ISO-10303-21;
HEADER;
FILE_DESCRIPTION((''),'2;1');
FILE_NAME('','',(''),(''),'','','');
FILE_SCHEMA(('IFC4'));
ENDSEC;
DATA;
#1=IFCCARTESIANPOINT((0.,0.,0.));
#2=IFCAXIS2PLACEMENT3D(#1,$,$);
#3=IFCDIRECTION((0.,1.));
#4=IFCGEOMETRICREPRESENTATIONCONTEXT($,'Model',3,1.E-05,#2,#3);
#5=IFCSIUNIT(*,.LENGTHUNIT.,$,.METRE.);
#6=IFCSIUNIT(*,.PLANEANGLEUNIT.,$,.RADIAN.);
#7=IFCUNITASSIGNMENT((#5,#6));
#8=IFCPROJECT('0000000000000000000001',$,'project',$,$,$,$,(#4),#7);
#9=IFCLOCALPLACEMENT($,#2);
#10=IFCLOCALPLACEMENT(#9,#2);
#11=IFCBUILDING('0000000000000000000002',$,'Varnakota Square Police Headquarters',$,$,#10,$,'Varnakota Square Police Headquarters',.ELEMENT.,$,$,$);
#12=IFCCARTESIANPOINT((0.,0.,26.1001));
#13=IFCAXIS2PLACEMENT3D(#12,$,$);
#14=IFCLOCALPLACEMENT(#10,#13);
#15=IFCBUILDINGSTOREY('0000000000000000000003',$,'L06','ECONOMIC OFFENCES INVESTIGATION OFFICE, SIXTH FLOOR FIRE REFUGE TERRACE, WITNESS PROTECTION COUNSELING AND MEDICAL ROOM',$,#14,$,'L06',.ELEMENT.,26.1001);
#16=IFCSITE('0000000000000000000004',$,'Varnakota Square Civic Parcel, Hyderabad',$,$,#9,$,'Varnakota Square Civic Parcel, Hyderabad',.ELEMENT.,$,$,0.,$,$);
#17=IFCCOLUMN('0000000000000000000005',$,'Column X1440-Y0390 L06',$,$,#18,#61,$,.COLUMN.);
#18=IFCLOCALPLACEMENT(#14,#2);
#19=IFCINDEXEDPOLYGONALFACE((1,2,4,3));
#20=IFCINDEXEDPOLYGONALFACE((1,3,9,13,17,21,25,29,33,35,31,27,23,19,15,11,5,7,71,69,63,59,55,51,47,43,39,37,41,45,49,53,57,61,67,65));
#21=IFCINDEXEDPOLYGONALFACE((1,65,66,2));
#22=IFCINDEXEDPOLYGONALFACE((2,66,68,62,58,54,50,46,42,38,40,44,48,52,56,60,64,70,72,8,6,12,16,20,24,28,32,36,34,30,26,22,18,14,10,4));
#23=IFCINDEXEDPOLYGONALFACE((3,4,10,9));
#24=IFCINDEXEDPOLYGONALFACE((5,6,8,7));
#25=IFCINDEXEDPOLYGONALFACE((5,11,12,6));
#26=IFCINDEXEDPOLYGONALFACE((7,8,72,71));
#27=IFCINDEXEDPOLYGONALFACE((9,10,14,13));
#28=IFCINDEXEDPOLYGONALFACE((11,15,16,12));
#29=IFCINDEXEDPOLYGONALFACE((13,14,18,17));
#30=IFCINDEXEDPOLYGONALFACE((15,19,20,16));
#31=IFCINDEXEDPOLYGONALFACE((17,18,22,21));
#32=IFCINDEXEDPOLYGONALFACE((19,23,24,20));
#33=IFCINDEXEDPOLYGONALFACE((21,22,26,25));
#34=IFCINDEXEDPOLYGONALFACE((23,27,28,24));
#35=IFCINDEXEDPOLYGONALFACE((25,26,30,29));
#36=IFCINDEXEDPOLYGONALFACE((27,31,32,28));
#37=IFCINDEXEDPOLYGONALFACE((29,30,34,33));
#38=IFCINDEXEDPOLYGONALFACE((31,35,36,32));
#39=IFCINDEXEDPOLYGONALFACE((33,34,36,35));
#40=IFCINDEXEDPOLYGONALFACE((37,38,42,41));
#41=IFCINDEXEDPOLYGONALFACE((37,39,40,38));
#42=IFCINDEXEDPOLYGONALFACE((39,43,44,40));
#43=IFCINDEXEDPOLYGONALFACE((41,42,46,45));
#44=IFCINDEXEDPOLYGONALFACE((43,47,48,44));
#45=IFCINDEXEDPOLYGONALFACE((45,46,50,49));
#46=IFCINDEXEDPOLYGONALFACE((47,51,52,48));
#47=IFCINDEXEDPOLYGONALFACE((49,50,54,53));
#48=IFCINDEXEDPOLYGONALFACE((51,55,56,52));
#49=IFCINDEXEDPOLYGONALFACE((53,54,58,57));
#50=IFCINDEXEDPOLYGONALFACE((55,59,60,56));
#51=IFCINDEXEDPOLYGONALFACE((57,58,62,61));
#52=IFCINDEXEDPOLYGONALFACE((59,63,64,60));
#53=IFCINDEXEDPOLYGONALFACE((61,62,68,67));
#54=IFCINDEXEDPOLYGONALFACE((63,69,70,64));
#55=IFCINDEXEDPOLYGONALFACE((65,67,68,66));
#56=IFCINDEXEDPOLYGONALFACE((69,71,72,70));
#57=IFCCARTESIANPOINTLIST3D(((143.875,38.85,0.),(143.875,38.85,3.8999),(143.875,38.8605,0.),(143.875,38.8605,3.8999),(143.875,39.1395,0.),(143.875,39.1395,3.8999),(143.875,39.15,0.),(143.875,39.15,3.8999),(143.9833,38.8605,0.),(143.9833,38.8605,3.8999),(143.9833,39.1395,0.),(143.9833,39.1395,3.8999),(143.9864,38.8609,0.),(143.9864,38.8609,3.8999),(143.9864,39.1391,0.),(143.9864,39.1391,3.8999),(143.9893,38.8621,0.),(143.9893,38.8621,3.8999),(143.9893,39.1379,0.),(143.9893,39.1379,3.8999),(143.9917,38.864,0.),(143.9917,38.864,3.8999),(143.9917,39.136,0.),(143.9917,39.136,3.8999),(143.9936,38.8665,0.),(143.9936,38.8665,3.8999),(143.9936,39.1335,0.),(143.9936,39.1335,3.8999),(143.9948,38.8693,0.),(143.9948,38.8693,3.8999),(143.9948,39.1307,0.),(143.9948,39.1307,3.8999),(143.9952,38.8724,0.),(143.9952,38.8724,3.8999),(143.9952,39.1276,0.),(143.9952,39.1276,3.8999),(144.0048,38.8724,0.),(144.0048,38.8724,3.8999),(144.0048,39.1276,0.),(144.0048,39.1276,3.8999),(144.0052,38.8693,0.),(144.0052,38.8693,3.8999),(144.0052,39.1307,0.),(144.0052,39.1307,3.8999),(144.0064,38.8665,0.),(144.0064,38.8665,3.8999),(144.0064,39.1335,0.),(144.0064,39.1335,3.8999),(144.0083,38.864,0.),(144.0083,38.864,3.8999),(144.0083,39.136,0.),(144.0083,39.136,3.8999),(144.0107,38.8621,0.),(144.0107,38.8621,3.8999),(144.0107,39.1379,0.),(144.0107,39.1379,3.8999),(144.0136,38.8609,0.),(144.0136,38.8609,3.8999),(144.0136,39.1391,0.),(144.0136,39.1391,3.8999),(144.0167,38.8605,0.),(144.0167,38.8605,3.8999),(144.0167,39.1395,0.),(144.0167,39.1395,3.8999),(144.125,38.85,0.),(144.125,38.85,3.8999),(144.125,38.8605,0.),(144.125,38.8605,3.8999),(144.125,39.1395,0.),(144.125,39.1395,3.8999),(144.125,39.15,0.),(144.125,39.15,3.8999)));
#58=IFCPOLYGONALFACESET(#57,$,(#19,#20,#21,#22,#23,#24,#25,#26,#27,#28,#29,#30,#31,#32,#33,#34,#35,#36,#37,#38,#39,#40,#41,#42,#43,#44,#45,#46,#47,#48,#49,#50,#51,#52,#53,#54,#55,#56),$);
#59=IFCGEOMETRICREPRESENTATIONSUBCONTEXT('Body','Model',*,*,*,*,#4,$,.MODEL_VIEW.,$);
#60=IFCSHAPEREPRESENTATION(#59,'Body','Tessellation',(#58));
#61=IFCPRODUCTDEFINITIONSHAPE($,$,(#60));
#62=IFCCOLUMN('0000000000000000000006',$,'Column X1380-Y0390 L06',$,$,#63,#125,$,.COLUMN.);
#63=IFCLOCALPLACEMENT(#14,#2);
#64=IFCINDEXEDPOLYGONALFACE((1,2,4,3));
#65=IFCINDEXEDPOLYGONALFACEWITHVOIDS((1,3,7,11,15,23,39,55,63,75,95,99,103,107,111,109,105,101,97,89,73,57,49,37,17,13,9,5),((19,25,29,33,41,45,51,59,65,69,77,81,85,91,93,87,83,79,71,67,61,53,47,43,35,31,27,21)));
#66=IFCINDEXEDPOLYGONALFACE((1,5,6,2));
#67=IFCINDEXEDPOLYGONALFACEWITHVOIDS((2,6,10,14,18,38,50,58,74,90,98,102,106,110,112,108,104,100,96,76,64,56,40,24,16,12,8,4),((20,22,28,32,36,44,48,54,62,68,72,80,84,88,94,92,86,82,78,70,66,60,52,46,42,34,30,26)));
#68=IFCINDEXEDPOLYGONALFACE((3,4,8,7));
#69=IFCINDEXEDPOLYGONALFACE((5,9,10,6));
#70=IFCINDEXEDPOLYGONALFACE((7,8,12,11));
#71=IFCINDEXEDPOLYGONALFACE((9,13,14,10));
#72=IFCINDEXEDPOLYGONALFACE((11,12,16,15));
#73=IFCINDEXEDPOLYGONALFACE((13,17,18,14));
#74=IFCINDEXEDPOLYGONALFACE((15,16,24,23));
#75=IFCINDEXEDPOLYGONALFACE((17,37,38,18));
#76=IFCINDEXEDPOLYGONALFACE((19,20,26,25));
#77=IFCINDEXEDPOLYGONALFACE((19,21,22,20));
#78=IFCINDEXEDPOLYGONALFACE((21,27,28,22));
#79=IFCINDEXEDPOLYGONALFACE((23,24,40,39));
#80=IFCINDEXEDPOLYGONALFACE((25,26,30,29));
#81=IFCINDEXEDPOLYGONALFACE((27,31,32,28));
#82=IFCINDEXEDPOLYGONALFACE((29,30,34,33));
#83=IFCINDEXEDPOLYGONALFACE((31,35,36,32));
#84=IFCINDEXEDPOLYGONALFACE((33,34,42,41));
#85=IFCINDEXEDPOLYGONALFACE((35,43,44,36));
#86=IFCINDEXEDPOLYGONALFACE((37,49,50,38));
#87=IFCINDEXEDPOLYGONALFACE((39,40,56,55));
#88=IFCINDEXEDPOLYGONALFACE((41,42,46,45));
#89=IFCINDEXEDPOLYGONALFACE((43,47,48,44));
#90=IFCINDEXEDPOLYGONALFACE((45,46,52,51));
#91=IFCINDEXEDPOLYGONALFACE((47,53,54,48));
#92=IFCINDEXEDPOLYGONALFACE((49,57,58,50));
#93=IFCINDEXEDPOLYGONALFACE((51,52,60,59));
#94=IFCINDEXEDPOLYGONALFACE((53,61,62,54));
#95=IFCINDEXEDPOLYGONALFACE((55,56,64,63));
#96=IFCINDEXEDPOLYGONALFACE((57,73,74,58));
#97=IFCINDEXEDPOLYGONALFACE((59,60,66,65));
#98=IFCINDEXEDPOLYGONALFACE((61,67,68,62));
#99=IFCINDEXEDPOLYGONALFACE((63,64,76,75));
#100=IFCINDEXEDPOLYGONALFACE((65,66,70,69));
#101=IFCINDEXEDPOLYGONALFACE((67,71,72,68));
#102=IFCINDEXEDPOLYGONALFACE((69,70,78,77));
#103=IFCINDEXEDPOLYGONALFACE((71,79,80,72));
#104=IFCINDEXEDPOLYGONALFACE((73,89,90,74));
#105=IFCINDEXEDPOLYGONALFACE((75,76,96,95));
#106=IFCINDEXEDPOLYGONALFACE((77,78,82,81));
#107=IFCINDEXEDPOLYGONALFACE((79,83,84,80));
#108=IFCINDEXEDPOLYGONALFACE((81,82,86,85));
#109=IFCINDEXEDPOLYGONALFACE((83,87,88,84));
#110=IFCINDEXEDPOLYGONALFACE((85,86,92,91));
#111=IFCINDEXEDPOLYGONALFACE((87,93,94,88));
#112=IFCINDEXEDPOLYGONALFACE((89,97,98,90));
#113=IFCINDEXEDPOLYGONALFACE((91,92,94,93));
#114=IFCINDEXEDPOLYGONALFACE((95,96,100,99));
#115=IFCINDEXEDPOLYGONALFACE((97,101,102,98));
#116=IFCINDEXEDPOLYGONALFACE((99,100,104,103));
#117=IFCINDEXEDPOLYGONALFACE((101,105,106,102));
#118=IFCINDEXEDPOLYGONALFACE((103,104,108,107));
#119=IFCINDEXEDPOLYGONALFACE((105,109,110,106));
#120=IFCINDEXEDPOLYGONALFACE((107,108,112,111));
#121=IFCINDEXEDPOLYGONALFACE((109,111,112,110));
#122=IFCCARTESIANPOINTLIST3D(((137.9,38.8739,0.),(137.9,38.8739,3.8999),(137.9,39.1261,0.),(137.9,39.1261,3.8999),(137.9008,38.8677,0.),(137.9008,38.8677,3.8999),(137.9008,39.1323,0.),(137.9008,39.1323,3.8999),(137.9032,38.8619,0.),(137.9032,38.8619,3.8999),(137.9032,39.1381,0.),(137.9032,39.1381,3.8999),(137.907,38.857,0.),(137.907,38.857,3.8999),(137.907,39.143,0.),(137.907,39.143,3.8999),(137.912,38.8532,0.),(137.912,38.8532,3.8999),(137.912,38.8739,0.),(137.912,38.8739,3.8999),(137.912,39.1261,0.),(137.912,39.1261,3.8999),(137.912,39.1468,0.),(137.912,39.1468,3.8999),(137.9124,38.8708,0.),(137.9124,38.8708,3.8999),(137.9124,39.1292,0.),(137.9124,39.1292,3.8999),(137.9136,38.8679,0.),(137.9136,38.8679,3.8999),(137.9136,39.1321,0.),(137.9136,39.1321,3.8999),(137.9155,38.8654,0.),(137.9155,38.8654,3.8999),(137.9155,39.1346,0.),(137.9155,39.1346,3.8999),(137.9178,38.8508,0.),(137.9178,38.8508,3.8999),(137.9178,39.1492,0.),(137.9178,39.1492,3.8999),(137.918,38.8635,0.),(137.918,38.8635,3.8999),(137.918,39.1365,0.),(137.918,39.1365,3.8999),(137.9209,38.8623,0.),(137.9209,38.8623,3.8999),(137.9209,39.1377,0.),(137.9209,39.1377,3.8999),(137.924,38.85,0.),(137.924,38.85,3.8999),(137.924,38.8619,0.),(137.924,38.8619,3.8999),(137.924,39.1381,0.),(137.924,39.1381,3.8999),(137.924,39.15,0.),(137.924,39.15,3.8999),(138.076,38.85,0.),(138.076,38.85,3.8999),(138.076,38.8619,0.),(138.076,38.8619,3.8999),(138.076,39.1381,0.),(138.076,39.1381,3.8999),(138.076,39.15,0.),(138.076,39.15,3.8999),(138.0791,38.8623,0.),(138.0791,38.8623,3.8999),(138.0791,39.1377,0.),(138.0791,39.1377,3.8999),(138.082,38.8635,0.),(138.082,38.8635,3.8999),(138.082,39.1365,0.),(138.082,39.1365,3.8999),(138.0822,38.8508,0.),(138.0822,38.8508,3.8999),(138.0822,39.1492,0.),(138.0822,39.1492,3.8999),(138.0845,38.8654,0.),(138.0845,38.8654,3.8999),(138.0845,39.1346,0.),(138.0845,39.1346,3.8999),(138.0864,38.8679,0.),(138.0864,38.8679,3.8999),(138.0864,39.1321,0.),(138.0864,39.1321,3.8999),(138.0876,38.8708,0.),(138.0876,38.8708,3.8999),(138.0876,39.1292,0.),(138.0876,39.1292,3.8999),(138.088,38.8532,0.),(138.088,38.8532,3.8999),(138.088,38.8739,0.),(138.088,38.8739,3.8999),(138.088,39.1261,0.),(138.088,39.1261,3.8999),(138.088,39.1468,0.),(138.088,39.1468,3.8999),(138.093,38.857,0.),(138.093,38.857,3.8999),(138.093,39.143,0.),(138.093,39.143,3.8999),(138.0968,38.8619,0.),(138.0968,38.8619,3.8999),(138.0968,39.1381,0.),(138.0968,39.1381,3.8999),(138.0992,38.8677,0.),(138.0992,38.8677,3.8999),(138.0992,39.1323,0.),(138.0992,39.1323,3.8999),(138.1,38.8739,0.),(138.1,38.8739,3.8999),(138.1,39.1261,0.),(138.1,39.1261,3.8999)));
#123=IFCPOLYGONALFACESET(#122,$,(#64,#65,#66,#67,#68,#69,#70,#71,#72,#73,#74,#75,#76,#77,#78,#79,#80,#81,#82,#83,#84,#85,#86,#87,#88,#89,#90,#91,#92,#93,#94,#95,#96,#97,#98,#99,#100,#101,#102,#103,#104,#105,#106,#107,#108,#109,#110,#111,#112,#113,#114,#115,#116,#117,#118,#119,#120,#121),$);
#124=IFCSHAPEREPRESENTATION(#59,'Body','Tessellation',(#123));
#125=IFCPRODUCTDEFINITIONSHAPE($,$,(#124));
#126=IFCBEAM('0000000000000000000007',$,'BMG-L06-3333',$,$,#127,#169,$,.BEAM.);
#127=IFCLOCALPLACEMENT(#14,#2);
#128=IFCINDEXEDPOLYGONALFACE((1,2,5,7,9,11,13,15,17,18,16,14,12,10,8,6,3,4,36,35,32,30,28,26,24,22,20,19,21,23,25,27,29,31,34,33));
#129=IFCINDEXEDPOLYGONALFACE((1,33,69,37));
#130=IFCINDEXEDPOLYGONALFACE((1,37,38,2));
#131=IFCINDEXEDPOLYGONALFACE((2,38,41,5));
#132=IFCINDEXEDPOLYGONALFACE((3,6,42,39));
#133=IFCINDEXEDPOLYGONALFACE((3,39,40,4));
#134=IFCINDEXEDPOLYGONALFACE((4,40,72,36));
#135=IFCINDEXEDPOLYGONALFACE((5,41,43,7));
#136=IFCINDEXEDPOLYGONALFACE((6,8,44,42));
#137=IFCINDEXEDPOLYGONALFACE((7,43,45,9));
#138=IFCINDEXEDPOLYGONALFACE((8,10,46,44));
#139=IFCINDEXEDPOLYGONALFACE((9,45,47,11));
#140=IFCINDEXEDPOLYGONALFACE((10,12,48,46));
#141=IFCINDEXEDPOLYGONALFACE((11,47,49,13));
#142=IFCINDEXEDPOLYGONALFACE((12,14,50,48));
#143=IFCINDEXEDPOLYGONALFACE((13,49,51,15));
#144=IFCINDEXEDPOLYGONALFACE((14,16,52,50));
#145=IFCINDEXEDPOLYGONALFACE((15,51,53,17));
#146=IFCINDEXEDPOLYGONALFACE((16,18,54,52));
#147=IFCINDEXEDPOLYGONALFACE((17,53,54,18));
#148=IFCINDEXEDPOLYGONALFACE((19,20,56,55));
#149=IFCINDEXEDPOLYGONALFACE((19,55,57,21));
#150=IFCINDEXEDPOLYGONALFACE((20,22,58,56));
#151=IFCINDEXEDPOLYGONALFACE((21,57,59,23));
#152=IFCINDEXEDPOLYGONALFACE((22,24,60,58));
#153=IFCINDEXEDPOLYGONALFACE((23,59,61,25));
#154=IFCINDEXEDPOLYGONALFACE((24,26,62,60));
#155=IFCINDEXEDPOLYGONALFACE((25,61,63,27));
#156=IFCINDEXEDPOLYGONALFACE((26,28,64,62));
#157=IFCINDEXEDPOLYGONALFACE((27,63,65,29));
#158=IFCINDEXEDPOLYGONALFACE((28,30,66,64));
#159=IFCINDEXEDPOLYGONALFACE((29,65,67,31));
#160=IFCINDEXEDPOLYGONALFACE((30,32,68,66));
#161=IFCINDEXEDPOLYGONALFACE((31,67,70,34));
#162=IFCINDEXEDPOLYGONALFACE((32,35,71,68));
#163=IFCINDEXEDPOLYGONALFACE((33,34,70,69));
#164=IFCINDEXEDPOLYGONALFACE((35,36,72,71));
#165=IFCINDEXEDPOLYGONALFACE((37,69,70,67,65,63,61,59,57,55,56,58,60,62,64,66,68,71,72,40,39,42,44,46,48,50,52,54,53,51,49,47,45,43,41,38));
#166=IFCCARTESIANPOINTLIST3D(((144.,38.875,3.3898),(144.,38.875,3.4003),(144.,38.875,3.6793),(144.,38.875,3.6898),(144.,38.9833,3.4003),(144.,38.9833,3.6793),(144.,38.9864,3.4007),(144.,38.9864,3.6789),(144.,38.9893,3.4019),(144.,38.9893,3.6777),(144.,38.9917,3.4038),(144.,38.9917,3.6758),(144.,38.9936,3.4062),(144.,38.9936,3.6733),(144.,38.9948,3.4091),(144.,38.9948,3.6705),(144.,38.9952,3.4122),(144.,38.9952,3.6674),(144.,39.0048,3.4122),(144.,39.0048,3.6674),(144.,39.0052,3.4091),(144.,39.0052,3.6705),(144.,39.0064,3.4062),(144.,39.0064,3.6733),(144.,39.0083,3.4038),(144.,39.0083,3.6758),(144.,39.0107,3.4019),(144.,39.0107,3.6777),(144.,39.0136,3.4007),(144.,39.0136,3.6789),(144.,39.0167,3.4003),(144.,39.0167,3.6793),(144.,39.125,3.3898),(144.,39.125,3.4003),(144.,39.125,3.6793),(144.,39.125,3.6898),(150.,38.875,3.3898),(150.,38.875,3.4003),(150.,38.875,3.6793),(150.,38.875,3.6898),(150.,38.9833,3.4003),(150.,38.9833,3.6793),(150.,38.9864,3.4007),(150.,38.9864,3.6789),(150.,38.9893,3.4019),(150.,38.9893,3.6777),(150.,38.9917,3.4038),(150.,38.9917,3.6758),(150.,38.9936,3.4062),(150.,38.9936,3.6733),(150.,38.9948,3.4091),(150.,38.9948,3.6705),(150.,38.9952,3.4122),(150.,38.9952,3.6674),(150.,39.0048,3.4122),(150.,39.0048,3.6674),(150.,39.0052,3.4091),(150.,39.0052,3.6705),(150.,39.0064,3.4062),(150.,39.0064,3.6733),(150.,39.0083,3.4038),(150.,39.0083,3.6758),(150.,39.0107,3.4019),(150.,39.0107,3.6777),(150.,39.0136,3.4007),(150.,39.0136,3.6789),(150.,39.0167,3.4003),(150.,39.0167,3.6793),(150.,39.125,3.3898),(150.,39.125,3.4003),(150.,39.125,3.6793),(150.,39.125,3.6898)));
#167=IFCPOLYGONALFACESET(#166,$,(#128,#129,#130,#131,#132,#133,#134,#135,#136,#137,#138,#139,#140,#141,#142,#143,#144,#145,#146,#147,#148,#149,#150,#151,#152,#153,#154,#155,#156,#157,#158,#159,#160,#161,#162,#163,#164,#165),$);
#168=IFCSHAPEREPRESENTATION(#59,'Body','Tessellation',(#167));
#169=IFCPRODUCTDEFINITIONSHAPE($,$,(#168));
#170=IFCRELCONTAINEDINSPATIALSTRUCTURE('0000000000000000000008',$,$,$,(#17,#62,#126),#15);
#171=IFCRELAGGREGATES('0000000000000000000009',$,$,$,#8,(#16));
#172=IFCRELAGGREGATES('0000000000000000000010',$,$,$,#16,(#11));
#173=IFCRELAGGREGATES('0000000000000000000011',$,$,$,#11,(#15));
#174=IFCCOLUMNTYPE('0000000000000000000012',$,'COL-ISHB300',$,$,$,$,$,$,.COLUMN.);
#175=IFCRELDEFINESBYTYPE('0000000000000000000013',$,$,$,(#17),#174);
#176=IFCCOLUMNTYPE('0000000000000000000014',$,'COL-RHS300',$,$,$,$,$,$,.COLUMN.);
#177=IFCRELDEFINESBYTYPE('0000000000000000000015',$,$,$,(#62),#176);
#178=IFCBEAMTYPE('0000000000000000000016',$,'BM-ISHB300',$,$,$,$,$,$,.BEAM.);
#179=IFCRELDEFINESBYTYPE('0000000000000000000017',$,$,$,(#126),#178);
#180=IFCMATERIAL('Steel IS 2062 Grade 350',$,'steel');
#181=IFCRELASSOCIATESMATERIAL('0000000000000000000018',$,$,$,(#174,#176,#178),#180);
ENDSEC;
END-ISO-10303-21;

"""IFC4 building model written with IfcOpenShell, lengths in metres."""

from ifc_helpers import new_model, si_unit, direction, frame, origin, origin_2d, place, context, subcontext, project, spatial, hollow_rectangle, i_section, extrude, material, material_profile, profile_set, type_object, element, save


model = new_model("IFC4")

# Units and contexts
model_context = context("Model", 3, precision=1e-05, world=origin(), true_north=direction((0.0, 1.0)))
body_context = subcontext(model_context, "Body", "Model", "MODEL_VIEW")
ifc_project = project(units=[si_unit("LENGTHUNIT", "METRE"), si_unit("PLANEANGLEUNIT", "RADIAN")], contexts=[model_context])

# Site, building, storey
site_placement = place(None, origin())
site = spatial("IfcSite", under=ifc_project, at=site_placement, Name="Varnakota Square Civic Parcel, Hyderabad", LongName="Varnakota Square Civic Parcel, Hyderabad", CompositionType="ELEMENT", RefElevation=0.0)
building_placement = place(site_placement, origin())
building = spatial("IfcBuilding", under=site, at=building_placement, Name="Varnakota Square Police Headquarters", LongName="Varnakota Square Police Headquarters", CompositionType="ELEMENT")
storey_placement = place(building_placement, frame((0.0, 0.0, 26.1001)))
storey = spatial("IfcBuildingStorey", under=building, at=storey_placement, Name="L06", Description="ECONOMIC OFFENCES INVESTIGATION OFFICE, SIXTH FLOOR FIRE REFUGE TERRACE, WITNESS PROTECTION COUNSELING AND MEDICAL ROOM", LongName="L06", CompositionType="ELEMENT", Elevation=26.1001)

# Columns
ifc_material_1 = material(Name="Steel IS 2062 Grade 350", Category="steel")
ifc_material_profile_1 = material_profile(ifc_material_1, i_section(OverallWidth=0.25, OverallDepth=0.3, WebThickness=0.0095, FlangeThickness=0.0105, FilletRadius=0.012, at=origin_2d()), Name="ISHB 300")
ifc_profile_set_1 = profile_set([ifc_material_profile_1], Name="Steel IS 2062 Grade 350")
column_type_1 = type_object("IfcColumnType", Name="COL-ISHB300", PredefinedType="COLUMN", material=ifc_profile_set_1)
column_1_placement = place(storey_placement, frame((144.0, 39.0, 0.0), z_axis=(0.0, 0.0, 1.0), x_axis=(1.0, 0.0, 0.0)))
element("IfcColumn", 1, at=column_1_placement, inside=storey, type_object=column_type_1, Name="Column X1440-Y0390 L06", PredefinedType="COLUMN", context=body_context, shape_type="SweptSolid", body=[
    extrude(i_section(OverallWidth=0.25, OverallDepth=0.3, WebThickness=0.0095, FlangeThickness=0.0105, FilletRadius=0.012, at=origin_2d()), origin(), (0.0, 0.0, 1.0), 3.8999),
])
ifc_material_profile_2 = material_profile(ifc_material_1, hollow_rectangle(XDim=0.2, YDim=0.3, WallThickness=0.012, InnerFilletRadius=0.012, OuterFilletRadius=0.0239, at=origin_2d()), Name="RHS 300x200x12")
ifc_profile_set_2 = profile_set([ifc_material_profile_2], Name="Steel IS 2062 Grade 350")
column_type_2 = type_object("IfcColumnType", Name="COL-RHS300", PredefinedType="COLUMN", material=ifc_profile_set_2)
column_2_placement = place(storey_placement, frame((138.0, 39.0, 0.0), z_axis=(0.0, 0.0, 1.0), x_axis=(1.0, 0.0, 0.0)))
element("IfcColumn", 2, at=column_2_placement, inside=storey, type_object=column_type_2, Name="Column X1380-Y0390 L06", PredefinedType="COLUMN", context=body_context, shape_type="SweptSolid", body=[
    extrude(hollow_rectangle(XDim=0.2, YDim=0.3, WallThickness=0.012, InnerFilletRadius=0.012, OuterFilletRadius=0.0239, at=origin_2d()), origin(), (0.0, 0.0, 1.0), 3.8999),
])

# Beam
ifc_material_profile_3 = material_profile(ifc_material_1, i_section(OverallWidth=0.25, OverallDepth=0.3, WebThickness=0.0095, FlangeThickness=0.0105, FilletRadius=0.012, at=origin_2d()), Name="ISHB 300")
ifc_profile_set_3 = profile_set([ifc_material_profile_3], Name="Steel IS 2062 Grade 350")
beam_type_1 = type_object("IfcBeamType", Name="BM-ISHB300", PredefinedType="BEAM", material=ifc_profile_set_3)
beam_1_placement = place(storey_placement, frame((144.0, 39.0, 3.5398), z_axis=(1.0, 0.0, 0.0), x_axis=(0.0, 1.0, 0.0)))
element("IfcBeam", 3, at=beam_1_placement, inside=storey, type_object=beam_type_1, Name="BMG-L06-3333", PredefinedType="BEAM", context=body_context, shape_type="SweptSolid", body=[
    extrude(i_section(OverallWidth=0.25, OverallDepth=0.3, WebThickness=0.0095, FlangeThickness=0.0105, FilletRadius=0.012, at=origin_2d()), origin(), (0.0, 0.0, 1.0), 6.0),
])

save(model, "model.ifc")
